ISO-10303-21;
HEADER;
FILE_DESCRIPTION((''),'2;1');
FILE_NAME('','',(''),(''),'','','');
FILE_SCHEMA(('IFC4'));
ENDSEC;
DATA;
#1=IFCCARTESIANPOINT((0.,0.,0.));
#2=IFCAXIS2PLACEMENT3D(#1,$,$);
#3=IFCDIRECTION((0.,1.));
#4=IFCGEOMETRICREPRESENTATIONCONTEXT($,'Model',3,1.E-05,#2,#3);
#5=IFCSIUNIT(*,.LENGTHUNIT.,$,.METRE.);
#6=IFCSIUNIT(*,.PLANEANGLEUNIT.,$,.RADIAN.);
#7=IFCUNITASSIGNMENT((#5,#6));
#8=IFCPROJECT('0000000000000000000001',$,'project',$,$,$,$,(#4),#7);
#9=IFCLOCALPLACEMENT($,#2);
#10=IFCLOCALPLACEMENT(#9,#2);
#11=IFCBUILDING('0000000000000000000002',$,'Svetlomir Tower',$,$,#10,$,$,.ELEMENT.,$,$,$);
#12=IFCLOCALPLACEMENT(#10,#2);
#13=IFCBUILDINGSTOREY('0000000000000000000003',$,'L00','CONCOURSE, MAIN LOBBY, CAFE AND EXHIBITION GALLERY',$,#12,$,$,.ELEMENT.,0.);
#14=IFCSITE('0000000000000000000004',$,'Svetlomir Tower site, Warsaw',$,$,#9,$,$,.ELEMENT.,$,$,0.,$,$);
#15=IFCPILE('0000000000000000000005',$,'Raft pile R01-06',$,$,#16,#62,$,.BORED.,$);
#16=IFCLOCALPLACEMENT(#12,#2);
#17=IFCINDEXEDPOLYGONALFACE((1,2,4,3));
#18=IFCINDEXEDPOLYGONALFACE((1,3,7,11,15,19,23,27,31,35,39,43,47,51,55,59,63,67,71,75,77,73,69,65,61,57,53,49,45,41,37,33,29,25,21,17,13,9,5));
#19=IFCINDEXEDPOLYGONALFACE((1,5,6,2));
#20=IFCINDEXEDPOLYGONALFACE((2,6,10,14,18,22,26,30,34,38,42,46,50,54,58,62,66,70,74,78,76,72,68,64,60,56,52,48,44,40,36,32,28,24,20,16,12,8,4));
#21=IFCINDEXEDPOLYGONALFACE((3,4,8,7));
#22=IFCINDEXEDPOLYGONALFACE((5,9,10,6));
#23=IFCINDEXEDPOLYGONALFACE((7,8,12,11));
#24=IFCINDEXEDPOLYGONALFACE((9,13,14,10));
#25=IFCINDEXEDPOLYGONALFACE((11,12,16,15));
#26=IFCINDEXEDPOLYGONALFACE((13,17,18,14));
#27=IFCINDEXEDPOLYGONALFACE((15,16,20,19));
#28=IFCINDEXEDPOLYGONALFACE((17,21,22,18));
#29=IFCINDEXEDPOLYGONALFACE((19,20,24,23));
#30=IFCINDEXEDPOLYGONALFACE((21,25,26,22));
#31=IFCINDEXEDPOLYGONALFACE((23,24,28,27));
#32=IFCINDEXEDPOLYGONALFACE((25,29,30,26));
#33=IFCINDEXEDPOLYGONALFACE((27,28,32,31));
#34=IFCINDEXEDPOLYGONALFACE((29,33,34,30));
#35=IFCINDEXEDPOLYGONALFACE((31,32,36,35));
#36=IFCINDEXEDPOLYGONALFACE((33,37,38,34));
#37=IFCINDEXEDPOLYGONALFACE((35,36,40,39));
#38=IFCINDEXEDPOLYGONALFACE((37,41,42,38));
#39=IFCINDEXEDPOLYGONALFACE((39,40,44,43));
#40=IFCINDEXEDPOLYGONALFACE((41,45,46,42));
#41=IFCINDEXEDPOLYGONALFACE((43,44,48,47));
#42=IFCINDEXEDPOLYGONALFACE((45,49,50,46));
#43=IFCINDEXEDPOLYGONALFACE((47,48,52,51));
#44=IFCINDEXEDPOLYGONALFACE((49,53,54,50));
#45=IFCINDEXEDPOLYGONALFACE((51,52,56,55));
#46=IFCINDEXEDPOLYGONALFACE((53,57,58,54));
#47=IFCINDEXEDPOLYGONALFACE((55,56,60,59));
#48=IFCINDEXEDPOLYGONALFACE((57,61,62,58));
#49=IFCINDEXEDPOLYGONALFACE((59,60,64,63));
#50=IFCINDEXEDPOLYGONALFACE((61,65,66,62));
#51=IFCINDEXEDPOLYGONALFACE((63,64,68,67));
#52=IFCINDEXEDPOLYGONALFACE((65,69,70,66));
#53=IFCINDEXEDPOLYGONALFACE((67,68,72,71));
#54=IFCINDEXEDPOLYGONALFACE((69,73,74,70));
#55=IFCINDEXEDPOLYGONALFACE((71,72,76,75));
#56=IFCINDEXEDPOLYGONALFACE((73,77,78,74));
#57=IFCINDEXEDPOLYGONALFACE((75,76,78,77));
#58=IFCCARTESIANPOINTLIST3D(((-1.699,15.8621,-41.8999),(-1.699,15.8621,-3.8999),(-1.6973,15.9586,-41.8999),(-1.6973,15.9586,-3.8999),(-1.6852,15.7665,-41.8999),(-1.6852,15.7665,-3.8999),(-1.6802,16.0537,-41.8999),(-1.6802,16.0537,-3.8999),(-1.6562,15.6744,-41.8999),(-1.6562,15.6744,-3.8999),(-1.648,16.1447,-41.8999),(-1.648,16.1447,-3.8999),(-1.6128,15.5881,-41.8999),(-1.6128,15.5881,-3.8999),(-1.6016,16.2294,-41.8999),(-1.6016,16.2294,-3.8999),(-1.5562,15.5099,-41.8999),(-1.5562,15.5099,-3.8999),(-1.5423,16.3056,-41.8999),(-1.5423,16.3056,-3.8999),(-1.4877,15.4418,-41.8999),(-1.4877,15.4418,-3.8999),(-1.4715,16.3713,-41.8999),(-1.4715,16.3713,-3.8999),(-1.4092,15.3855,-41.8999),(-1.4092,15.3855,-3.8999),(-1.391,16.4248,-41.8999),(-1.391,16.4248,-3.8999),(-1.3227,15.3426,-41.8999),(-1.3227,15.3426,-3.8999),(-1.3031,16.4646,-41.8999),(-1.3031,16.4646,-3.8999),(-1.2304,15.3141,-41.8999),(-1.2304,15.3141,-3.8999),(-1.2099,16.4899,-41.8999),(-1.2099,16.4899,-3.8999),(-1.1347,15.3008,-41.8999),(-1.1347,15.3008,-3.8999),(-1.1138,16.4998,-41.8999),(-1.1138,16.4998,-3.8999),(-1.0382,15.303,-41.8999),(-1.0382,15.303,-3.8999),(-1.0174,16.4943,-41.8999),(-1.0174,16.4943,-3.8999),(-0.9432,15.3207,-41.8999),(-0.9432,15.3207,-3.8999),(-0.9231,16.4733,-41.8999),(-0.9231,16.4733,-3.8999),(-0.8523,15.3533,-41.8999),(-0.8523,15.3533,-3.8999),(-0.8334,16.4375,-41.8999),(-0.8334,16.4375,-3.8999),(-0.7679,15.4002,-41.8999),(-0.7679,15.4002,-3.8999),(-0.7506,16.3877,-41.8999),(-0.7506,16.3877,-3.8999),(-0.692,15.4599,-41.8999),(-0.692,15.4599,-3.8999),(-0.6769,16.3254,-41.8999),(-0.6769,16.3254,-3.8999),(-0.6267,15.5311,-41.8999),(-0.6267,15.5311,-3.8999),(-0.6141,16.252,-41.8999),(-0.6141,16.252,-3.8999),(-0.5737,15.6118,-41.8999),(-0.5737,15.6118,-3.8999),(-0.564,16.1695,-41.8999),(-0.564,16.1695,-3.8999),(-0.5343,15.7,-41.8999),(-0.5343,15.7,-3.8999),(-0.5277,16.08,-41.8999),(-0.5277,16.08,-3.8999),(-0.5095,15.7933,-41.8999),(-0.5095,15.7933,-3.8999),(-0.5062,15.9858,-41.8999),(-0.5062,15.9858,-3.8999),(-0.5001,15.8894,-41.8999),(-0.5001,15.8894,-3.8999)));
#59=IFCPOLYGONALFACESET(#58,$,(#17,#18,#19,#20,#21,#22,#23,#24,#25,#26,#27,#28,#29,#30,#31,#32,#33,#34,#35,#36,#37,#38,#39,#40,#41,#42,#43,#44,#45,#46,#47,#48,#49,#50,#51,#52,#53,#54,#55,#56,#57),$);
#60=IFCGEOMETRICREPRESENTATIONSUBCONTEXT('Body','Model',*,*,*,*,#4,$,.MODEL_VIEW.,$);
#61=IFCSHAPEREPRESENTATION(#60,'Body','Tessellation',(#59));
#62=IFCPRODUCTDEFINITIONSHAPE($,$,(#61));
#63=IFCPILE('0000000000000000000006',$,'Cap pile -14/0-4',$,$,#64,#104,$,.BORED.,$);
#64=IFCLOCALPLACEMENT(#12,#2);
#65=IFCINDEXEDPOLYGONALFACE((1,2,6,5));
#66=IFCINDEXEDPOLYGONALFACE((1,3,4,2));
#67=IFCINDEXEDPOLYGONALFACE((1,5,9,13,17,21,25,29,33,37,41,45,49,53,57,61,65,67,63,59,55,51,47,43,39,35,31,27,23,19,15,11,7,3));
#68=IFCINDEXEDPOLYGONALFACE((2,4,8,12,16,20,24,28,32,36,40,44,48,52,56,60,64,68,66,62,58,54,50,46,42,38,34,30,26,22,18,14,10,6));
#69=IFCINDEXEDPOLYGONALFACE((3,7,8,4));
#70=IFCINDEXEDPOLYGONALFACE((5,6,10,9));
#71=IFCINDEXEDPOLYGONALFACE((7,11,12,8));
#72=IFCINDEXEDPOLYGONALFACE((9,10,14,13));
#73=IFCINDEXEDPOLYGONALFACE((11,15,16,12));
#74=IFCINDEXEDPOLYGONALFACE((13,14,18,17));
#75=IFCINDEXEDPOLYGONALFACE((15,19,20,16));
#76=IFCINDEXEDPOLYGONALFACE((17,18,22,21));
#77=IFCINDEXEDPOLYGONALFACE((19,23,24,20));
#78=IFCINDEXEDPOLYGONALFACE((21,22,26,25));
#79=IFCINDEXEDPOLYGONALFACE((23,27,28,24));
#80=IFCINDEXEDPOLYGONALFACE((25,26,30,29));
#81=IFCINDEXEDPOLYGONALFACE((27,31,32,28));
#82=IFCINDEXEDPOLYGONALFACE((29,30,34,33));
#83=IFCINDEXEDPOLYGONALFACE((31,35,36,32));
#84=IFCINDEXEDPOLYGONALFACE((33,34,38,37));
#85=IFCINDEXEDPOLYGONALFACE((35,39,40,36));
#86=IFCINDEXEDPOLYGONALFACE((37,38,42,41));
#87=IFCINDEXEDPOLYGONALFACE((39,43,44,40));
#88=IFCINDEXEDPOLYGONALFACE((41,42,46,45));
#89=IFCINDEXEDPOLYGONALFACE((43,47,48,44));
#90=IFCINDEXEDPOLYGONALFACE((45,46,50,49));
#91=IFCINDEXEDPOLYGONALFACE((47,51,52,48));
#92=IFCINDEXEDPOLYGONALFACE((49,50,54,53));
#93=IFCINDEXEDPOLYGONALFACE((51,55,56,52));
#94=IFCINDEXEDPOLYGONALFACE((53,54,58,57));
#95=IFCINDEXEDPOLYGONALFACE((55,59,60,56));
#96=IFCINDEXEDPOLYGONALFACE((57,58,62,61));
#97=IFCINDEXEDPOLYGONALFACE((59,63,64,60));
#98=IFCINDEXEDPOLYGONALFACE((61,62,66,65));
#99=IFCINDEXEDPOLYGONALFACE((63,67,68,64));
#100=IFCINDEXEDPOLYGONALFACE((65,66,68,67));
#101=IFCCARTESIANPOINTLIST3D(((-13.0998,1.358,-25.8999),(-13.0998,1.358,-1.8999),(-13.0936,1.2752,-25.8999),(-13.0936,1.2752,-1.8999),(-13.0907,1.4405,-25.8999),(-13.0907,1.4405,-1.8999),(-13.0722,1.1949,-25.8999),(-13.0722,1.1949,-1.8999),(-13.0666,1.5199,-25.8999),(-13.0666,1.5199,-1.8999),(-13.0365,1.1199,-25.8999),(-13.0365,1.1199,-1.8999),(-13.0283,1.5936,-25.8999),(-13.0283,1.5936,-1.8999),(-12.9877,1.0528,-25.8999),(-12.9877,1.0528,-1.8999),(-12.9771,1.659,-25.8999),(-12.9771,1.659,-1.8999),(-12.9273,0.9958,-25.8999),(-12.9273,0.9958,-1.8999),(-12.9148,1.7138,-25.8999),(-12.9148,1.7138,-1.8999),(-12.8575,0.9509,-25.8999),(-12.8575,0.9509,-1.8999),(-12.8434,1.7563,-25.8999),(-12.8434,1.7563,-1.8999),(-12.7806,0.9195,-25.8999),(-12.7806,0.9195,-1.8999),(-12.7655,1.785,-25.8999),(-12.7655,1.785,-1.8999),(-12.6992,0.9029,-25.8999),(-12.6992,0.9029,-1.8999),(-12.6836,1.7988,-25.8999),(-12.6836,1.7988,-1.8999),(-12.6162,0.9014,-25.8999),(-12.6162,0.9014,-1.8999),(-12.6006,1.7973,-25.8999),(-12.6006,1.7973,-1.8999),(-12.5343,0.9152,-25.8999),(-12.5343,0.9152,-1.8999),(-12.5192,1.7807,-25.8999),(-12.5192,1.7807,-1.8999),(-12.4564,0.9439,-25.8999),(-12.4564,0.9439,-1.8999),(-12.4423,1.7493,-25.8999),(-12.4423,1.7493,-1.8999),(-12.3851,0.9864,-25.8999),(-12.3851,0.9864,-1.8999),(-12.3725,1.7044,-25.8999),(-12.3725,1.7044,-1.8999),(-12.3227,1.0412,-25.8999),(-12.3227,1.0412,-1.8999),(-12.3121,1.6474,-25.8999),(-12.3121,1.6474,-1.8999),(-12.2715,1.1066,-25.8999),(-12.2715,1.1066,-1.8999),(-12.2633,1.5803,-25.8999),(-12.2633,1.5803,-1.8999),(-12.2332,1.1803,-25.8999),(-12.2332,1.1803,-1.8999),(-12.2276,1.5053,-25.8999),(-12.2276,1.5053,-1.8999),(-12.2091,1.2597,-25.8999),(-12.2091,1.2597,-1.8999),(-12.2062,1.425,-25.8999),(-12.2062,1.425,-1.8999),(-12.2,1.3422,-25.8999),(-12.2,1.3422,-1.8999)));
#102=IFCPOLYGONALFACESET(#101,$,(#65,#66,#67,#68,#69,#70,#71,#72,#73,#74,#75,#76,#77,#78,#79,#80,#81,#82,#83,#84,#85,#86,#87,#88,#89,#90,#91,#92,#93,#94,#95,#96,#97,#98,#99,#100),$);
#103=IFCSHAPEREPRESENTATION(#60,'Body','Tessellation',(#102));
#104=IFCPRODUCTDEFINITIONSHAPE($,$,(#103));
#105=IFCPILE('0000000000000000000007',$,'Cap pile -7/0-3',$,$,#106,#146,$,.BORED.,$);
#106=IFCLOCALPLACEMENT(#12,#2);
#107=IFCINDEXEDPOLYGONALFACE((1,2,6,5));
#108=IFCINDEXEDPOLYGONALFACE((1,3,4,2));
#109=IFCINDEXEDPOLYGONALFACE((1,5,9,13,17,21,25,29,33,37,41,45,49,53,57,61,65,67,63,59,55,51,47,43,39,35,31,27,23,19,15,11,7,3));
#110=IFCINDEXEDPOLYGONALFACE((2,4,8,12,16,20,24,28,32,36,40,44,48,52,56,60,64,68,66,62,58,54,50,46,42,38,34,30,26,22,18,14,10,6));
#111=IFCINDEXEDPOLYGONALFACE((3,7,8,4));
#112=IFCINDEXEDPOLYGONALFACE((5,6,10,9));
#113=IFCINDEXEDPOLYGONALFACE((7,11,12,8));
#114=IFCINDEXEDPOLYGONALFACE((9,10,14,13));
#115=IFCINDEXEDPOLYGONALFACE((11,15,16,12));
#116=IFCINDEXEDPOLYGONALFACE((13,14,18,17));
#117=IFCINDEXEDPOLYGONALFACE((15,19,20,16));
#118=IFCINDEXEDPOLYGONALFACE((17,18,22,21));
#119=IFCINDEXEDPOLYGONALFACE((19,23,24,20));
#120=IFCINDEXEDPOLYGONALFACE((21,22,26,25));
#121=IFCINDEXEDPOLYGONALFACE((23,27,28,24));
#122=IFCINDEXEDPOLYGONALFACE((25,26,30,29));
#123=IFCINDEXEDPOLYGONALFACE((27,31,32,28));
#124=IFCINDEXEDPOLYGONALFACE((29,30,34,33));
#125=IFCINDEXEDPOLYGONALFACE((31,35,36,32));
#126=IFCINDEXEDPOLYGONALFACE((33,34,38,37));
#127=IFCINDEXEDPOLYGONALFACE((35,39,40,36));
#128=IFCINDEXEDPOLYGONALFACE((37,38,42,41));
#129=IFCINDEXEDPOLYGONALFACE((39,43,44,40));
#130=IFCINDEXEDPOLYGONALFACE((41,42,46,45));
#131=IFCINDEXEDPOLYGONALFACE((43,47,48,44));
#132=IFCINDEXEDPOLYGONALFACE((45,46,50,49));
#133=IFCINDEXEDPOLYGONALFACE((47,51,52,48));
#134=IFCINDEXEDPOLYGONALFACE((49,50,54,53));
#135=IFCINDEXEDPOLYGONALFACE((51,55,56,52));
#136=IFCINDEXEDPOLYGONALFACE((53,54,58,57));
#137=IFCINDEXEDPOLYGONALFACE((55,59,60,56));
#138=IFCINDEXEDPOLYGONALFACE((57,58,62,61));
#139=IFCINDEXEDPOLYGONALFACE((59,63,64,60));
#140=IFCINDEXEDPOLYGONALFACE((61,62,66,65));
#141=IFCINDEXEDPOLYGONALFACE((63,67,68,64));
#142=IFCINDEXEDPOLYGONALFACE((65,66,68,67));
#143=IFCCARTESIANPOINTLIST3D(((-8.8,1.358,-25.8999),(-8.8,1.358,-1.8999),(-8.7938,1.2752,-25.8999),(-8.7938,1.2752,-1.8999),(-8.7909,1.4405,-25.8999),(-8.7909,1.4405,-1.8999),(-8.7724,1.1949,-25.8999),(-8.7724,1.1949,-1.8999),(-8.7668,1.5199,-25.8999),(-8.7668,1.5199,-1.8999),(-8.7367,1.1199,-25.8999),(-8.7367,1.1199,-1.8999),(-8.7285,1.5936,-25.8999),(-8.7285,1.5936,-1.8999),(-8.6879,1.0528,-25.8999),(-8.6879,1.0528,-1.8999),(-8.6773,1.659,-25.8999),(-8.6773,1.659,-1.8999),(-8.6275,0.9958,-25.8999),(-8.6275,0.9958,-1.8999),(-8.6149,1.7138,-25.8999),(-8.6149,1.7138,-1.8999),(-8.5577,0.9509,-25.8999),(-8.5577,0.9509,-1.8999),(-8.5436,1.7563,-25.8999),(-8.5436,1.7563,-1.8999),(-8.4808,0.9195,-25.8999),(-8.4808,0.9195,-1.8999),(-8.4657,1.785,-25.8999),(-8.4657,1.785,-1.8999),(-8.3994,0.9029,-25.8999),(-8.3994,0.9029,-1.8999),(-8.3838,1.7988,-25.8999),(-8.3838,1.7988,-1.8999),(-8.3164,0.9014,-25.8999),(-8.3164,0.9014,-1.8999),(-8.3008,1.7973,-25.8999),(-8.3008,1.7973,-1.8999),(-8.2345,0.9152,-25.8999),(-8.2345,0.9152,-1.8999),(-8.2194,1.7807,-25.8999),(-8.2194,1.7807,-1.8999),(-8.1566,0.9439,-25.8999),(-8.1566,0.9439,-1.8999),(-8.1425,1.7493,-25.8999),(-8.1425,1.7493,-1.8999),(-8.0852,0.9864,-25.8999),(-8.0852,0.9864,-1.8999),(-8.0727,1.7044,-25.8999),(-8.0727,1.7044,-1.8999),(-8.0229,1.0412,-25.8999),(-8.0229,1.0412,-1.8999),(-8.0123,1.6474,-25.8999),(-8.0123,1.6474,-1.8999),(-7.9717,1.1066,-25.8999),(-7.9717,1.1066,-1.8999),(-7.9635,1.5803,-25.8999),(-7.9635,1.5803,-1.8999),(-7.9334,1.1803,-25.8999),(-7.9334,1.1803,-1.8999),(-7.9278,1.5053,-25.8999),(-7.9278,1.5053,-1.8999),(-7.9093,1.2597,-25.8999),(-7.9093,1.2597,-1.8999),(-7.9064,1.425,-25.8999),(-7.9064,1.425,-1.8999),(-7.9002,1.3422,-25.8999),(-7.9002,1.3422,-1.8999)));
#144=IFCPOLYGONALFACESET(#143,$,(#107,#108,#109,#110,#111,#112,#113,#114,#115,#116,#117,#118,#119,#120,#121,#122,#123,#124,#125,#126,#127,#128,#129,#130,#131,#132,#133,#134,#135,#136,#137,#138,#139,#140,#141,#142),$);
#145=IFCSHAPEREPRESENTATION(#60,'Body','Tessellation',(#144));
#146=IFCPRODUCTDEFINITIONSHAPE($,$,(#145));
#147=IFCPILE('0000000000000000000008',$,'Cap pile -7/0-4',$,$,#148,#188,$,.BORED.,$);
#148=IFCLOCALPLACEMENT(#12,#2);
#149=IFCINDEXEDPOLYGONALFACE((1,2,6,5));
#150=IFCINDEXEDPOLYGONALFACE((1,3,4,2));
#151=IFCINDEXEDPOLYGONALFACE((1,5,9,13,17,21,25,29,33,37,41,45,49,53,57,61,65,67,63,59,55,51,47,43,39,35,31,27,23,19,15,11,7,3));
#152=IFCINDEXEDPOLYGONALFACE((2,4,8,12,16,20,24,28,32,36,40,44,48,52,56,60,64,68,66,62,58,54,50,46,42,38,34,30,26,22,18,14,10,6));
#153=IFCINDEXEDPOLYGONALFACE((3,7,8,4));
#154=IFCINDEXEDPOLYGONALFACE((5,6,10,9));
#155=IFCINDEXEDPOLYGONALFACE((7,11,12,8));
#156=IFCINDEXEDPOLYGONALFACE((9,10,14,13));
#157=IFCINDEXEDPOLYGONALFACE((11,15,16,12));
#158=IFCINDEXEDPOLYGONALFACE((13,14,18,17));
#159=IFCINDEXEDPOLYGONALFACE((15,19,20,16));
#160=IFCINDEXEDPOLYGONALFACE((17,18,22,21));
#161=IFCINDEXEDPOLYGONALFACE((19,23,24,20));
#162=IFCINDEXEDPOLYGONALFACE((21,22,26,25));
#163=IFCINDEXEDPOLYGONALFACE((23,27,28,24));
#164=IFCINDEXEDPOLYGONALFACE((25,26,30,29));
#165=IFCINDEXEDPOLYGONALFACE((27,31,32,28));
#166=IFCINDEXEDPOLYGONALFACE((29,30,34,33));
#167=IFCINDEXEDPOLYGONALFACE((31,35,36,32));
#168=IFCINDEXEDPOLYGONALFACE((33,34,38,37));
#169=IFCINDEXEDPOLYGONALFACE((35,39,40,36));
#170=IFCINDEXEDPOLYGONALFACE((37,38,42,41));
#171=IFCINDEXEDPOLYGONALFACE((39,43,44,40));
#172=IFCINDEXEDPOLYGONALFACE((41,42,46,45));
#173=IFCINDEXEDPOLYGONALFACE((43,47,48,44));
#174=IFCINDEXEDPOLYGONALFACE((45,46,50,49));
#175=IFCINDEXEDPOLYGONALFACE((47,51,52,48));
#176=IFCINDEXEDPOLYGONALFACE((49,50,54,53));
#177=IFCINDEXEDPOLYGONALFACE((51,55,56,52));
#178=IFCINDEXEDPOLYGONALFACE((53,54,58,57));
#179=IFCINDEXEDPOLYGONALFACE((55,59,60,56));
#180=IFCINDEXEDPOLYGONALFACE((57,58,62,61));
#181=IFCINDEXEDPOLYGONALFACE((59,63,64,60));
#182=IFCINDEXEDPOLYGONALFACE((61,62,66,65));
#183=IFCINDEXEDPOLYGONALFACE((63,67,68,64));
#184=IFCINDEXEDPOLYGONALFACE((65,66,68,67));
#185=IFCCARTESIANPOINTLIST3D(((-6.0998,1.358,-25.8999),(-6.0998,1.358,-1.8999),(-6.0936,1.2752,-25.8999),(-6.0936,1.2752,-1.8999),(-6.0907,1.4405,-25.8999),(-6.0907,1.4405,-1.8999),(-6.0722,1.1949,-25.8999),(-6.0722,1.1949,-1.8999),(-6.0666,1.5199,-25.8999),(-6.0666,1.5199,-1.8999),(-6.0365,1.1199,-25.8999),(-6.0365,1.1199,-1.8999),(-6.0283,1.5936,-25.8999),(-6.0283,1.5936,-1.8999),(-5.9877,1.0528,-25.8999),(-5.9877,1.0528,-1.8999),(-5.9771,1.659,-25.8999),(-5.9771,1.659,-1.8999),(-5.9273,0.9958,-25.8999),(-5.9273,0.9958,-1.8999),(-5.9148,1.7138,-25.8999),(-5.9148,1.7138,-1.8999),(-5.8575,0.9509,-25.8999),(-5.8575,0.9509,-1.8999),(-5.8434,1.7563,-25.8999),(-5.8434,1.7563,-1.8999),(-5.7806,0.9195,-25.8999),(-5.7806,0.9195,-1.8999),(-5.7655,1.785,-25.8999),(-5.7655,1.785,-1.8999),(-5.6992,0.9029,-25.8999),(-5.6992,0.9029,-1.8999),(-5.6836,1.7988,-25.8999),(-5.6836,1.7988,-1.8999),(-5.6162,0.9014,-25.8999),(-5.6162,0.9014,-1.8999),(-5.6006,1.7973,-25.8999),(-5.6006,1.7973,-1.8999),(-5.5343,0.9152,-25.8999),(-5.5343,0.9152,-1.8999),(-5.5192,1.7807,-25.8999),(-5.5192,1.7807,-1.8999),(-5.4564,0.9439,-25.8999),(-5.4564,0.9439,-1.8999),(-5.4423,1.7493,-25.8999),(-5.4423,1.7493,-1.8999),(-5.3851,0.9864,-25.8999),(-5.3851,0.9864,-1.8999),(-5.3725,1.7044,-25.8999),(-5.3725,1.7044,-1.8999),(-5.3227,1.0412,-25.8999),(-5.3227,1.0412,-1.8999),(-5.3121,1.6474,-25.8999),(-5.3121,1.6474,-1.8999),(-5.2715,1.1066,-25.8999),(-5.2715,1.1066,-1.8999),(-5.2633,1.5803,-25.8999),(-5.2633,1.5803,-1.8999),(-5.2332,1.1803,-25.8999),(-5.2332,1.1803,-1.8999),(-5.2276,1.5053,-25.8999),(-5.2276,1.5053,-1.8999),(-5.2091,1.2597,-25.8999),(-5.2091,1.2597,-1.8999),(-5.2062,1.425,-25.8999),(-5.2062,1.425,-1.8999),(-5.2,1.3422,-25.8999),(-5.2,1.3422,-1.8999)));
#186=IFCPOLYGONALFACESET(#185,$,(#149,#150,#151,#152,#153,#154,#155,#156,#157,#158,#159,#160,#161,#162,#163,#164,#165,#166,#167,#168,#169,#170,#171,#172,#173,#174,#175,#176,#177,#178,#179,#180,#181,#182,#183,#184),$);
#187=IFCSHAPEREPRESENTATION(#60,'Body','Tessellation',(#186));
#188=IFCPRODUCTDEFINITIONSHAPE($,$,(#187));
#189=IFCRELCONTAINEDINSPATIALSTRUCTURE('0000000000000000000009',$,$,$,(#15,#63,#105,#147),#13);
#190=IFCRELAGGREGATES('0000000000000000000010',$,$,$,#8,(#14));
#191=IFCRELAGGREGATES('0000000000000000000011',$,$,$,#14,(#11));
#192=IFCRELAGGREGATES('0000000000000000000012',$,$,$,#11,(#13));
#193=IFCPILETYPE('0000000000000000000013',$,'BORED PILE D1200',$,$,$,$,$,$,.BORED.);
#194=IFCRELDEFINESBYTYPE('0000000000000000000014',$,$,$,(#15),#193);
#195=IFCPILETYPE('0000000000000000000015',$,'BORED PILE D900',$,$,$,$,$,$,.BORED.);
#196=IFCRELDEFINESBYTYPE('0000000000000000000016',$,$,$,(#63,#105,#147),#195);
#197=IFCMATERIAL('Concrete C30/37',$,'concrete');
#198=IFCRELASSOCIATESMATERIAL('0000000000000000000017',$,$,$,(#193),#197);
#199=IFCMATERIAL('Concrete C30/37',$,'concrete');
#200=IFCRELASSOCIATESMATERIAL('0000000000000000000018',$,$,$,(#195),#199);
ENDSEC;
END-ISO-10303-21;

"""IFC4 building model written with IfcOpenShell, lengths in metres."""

from ifc_helpers import new_model, si_unit, direction, frame, frame_2d, origin, origin_2d, place, context, subcontext, project, spatial, circle, extrude, material, material_profile, profile_set, type_object, element, save


model = new_model("IFC4")

# Units and contexts
model_context = context("Model", 3, precision=1e-05, world=origin(), true_north=direction((0.0, 1.0)))
body_context = subcontext(model_context, "Body", "Model", "MODEL_VIEW")
ifc_project = project(units=[si_unit("LENGTHUNIT", "METRE"), si_unit("PLANEANGLEUNIT", "RADIAN")], contexts=[model_context])

# Site, building, storey
site_placement = place(None, origin())
site = spatial("IfcSite", under=ifc_project, at=site_placement, Name="Svetlomir Tower site, Warsaw", CompositionType="ELEMENT", RefElevation=0.0)
building_placement = place(site_placement, origin())
building = spatial("IfcBuilding", under=site, at=building_placement, Name="Svetlomir Tower", CompositionType="ELEMENT")
storey_placement = place(building_placement, origin())
storey = spatial("IfcBuildingStorey", under=building, at=storey_placement, Name="L00", Description="CONCOURSE, MAIN LOBBY, CAFE AND EXHIBITION GALLERY", CompositionType="ELEMENT", Elevation=0.0)

# Piles
ifc_material_1 = material(Name="Concrete C30/37", Category="concrete")
ifc_material_profile_1 = material_profile(ifc_material_1, circle(Radius=0.6001, at=origin_2d()), Name="D1200")
ifc_profile_set_1 = profile_set([ifc_material_profile_1], Name="Concrete C30/37")
pile_type_1 = type_object("IfcPileType", Name="BORED PILE D1200", PredefinedType="BORED", material=ifc_profile_set_1)
for number, where, z_axis, x_axis, name in (
    (1, (-1.1001, 15.8999, -3.8999), (0.0, 0.0, -1.0), (1.0, 0.0, 0.0), "Raft pile R01-06"),
):
    element("IfcPile", number, at=place(storey_placement, frame(where, z_axis=z_axis, x_axis=x_axis)), inside=storey, type_object=pile_type_1, Name=name, PredefinedType="BORED", context=body_context, shape_type="SweptSolid", body=[
        extrude(circle(Radius=0.6001, at=frame_2d((0.0, 0.0), x_axis=(0.999848, 0.017452))), origin(), (0.0, 0.0, 1.0), 38.0),
    ])
ifc_material_2 = material(Name="Concrete C30/37", Category="concrete")
ifc_material_profile_2 = material_profile(ifc_material_2, circle(Radius=0.45, at=origin_2d()), Name="RC D900")
ifc_profile_set_2 = profile_set([ifc_material_profile_2], Name="Concrete C30/37")
pile_type_2 = type_object("IfcPileType", Name="BORED PILE D900", PredefinedType="BORED", material=ifc_profile_set_2)
for number, where, z_axis, x_axis, name in (
    (2, (-12.6499, 1.3501, -1.8999), (0.0, 0.0, -1.0), (1.0, 0.0, 0.0), "Cap pile -14/0-4"),
    (3, (-8.3501, 1.3501, -1.8999), (0.0, 0.0, -1.0), (1.0, 0.0, 0.0), "Cap pile -7/0-3"),
    (4, (-5.6499, 1.3501, -1.8999), (0.0, 0.0, -1.0), (1.0, 0.0, 0.0), "Cap pile -7/0-4"),
):
    element("IfcPile", number, at=place(storey_placement, frame(where, z_axis=z_axis, x_axis=x_axis)), inside=storey, type_object=pile_type_2, Name=name, PredefinedType="BORED", context=body_context, shape_type="SweptSolid", body=[
        extrude(circle(Radius=0.45, at=frame_2d((0.0, 0.0), x_axis=(0.999848, 0.017452))), origin(), (0.0, 0.0, 1.0), 24.0),
    ])

save(model, "model.ifc")
